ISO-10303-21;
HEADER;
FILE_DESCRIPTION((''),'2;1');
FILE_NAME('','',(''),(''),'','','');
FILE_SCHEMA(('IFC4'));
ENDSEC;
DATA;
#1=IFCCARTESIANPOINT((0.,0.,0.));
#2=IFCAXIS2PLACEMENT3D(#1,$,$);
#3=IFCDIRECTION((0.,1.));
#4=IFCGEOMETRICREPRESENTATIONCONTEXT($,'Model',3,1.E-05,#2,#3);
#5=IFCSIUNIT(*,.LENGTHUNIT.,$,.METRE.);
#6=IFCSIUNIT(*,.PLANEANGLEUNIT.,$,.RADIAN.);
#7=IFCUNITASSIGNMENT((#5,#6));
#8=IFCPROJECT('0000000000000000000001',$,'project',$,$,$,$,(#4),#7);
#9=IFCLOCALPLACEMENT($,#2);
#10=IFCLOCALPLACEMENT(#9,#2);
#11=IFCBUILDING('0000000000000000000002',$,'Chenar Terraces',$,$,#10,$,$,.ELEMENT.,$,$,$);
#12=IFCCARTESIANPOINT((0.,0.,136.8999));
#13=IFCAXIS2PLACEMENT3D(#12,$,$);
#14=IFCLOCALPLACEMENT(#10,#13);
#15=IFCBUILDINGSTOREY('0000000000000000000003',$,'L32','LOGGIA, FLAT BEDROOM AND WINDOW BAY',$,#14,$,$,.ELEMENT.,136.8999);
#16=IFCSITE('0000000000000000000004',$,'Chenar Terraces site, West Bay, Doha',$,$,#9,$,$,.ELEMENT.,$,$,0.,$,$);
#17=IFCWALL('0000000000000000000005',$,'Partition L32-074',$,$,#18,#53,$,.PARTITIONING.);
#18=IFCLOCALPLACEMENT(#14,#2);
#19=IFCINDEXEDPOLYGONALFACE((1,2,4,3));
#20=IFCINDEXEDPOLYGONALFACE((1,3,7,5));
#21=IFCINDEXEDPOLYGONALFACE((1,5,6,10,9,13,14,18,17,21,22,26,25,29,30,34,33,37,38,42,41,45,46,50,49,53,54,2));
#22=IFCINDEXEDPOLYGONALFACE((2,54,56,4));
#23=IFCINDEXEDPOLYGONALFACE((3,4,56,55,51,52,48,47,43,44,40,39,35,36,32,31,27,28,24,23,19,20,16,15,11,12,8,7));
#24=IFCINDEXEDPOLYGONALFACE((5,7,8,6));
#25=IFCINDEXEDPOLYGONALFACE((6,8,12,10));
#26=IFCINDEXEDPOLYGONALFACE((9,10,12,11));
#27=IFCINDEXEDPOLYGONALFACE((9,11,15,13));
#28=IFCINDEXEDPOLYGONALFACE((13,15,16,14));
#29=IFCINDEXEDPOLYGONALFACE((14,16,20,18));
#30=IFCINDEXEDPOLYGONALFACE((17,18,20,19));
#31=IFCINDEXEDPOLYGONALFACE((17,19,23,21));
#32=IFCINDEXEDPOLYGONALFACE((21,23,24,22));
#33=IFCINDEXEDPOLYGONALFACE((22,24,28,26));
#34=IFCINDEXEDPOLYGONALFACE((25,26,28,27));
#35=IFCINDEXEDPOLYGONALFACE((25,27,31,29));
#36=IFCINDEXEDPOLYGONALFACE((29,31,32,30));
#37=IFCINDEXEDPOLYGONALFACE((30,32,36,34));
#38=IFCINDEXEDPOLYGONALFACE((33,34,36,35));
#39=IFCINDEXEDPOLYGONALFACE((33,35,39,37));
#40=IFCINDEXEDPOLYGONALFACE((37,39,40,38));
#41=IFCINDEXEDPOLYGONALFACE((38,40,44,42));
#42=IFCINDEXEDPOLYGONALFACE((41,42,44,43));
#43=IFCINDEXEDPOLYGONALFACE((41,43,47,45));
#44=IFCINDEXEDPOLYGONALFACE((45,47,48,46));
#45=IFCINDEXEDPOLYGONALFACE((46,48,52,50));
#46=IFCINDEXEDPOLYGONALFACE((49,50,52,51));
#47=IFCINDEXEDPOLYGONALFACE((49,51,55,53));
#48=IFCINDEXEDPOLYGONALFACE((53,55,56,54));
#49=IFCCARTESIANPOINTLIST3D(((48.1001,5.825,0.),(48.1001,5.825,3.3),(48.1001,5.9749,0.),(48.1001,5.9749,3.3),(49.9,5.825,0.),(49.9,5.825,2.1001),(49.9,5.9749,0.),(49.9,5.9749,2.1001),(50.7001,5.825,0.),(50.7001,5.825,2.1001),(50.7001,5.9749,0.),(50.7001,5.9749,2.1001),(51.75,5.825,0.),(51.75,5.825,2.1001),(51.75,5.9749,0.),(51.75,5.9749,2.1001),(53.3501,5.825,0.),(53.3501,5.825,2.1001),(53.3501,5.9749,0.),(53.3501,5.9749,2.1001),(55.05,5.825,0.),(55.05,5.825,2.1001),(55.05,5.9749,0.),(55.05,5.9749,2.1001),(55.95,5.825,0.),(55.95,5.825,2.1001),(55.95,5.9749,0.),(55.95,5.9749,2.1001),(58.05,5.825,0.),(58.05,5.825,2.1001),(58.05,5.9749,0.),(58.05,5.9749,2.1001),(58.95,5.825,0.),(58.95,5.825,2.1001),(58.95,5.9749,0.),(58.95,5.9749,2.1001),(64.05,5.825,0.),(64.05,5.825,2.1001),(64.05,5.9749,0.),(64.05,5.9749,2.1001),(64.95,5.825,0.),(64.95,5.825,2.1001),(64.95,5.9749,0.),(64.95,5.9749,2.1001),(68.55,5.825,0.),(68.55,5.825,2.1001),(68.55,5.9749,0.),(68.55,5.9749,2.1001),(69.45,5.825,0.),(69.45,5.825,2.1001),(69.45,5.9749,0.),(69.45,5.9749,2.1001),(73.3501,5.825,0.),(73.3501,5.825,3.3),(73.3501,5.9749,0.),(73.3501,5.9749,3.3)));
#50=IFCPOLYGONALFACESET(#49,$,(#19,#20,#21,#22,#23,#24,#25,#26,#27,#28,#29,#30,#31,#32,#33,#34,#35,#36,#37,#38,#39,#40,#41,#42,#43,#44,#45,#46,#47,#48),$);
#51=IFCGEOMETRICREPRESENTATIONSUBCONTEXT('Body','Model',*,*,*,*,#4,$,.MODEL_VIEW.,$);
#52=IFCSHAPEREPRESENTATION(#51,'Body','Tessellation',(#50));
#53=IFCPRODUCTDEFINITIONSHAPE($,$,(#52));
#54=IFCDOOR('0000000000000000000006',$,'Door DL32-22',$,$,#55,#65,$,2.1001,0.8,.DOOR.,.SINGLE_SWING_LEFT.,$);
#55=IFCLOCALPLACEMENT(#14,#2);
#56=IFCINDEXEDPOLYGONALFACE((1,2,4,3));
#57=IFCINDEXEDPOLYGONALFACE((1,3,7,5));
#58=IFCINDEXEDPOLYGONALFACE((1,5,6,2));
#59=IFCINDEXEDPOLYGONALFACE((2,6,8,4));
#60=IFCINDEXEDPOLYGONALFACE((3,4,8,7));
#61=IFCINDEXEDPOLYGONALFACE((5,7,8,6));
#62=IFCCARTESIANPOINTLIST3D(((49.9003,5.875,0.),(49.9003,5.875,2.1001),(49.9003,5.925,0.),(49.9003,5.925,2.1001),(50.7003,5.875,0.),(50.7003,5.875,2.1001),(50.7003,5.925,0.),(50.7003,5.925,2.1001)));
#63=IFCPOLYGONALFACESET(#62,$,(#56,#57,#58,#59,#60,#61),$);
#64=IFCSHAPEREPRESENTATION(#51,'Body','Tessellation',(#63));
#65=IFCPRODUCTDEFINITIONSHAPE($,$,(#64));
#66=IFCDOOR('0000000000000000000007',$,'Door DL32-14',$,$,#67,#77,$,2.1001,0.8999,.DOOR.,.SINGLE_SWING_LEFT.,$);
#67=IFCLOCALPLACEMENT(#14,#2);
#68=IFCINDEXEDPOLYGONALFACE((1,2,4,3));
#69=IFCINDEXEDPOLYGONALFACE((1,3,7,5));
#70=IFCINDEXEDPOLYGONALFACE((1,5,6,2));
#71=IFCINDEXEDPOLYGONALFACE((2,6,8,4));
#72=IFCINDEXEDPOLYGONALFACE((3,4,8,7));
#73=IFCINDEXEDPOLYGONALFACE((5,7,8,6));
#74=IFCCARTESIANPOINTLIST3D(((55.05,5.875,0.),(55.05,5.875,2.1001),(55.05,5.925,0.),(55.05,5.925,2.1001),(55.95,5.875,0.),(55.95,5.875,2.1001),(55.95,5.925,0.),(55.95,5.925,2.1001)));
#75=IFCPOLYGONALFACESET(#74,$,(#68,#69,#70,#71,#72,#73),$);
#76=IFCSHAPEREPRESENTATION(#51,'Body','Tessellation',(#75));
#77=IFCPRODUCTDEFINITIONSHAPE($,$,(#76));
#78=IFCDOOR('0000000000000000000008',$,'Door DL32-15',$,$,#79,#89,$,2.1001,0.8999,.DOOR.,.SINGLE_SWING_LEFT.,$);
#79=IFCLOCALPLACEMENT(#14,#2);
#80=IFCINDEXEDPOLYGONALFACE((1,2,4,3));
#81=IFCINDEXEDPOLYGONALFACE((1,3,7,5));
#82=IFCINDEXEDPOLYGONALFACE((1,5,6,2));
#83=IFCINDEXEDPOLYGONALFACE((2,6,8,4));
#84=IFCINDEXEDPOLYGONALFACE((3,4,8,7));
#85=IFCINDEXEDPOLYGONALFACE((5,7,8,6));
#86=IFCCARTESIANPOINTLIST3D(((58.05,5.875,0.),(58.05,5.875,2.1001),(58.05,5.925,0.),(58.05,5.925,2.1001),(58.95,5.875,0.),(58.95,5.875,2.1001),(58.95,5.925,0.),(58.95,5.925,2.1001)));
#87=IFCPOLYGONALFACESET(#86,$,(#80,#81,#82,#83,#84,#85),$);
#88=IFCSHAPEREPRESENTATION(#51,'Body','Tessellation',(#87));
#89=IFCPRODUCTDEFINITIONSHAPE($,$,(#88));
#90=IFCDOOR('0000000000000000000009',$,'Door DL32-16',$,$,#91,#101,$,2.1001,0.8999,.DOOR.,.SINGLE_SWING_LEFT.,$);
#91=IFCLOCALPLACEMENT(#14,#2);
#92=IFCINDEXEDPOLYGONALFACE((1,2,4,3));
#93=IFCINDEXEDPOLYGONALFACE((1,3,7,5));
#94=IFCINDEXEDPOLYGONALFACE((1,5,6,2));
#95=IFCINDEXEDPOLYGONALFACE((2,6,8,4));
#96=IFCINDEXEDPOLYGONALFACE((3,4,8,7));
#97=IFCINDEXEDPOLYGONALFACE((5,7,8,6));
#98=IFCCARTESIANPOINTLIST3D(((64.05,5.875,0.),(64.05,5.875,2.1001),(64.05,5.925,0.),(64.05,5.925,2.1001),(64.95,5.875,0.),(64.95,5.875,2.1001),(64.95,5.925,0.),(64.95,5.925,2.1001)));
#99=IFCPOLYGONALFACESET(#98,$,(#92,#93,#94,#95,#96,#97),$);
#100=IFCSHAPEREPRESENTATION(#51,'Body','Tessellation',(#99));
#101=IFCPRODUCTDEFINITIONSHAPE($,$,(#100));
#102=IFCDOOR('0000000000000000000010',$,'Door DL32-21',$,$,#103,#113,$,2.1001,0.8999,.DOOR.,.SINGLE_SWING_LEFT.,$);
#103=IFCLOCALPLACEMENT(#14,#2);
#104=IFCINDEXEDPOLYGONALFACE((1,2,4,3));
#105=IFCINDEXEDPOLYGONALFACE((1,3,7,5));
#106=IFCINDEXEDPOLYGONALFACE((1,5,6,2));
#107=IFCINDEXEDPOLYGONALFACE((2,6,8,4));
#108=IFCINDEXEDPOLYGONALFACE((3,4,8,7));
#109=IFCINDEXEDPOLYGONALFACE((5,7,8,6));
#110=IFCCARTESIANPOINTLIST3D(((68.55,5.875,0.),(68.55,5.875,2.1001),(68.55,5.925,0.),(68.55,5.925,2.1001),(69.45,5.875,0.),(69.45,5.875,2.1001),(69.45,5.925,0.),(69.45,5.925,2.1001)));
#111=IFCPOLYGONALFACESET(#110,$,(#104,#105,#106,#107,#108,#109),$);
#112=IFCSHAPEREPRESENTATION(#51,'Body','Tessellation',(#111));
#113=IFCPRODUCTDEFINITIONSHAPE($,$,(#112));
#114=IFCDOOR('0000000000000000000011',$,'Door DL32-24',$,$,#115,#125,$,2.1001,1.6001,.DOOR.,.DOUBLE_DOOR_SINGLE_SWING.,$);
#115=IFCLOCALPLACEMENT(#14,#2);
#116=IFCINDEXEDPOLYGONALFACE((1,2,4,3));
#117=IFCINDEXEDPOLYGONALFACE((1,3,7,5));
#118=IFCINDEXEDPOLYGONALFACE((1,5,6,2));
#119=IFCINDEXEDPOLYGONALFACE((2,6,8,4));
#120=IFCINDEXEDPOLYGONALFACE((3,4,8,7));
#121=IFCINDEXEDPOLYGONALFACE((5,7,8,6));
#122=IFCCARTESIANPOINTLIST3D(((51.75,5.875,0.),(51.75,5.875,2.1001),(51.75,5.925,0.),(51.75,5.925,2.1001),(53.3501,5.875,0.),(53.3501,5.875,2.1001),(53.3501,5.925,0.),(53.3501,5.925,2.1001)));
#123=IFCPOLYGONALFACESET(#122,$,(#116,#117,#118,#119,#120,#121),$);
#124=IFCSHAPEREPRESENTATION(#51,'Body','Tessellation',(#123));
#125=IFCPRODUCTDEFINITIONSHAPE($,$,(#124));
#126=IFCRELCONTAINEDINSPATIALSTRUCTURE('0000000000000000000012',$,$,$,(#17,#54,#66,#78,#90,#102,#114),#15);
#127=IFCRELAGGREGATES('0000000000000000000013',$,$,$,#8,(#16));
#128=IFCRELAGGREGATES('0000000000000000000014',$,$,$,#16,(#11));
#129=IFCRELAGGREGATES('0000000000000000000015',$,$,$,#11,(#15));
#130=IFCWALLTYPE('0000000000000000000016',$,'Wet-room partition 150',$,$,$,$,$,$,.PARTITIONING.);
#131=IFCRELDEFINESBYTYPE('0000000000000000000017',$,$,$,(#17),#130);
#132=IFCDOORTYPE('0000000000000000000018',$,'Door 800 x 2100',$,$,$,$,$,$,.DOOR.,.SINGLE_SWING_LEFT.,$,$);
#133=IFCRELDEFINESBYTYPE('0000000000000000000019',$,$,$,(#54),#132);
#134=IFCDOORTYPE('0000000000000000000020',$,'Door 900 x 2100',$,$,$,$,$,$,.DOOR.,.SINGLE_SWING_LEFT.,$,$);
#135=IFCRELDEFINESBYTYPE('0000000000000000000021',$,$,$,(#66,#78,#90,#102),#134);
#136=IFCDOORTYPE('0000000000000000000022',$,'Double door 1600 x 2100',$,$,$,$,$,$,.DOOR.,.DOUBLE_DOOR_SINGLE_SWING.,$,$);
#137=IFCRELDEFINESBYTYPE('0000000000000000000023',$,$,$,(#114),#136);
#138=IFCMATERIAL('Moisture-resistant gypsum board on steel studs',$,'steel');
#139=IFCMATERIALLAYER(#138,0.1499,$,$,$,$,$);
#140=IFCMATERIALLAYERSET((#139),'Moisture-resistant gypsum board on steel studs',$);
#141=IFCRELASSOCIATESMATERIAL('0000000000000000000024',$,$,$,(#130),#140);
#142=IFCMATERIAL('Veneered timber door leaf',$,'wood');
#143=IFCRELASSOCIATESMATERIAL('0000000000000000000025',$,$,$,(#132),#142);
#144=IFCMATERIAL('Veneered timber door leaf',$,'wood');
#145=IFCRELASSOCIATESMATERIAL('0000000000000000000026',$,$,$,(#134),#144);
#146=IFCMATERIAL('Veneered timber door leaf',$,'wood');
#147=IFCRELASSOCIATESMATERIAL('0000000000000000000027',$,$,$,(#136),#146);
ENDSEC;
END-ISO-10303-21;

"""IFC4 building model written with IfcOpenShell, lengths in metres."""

from ifc_helpers import new_model, si_unit, direction, frame, frame_2d, origin, place, context, subcontext, project, spatial, rectangle, extrude, material, layer, layer_set, type_object, element, fill, save


model = new_model("IFC4")

# Units and contexts
model_context = context("Model", 3, precision=1e-05, world=origin(), true_north=direction((0.0, 1.0)))
body_context = subcontext(model_context, "Body", "Model", "MODEL_VIEW")
ifc_project = project(units=[si_unit("LENGTHUNIT", "METRE"), si_unit("PLANEANGLEUNIT", "RADIAN")], contexts=[model_context])

# Site, building, storey
site_placement = place(None, origin())
site = spatial("IfcSite", under=ifc_project, at=site_placement, Name="Chenar Terraces site, West Bay, Doha", CompositionType="ELEMENT", RefElevation=0.0)
building_placement = place(site_placement, origin())
building = spatial("IfcBuilding", under=site, at=building_placement, Name="Chenar Terraces", CompositionType="ELEMENT")
storey_placement = place(building_placement, frame((0.0, 0.0, 136.8999)))
storey = spatial("IfcBuildingStorey", under=building, at=storey_placement, Name="L32", Description="LOGGIA, FLAT BEDROOM AND WINDOW BAY", CompositionType="ELEMENT", Elevation=136.8999)

# Wall, openings, doors
ifc_material_1 = material(Name="Moisture-resistant gypsum board on steel studs", Category="steel")
ifc_layer_1 = layer(ifc_material_1, 0.1499)
ifc_layer_set_1 = layer_set([ifc_layer_1], Name="Moisture-resistant gypsum board on steel studs")
wall_type_1 = type_object("IfcWallType", Name="Wet-room partition 150", PredefinedType="PARTITIONING", material=ifc_layer_set_1)
wall_1_placement = place(storey_placement, frame((48.1001, 5.8999, 0.0), z_axis=(0.0, 0.0, 1.0), x_axis=(1.0, 0.0, 0.0)))
wall_1 = element("IfcWall", 1, at=wall_1_placement, inside=storey, type_object=wall_type_1, Name="Partition L32-074", PredefinedType="PARTITIONING", context=body_context, shape_type="SweptSolid", body=[
    extrude(rectangle(XDim=25.25, YDim=0.1499, at=frame_2d((12.625, 0.0))), origin(), (0.0, 0.0, 1.0), 3.3),
])
opening_1_placement = place(wall_1_placement, frame((6.95, 0.0, 0.0)))
opening_1 = element("IfcOpeningElement", 2, at=opening_1_placement, cuts=wall_1, PredefinedType="OPENING", context=body_context, shape_type="SweptSolid", body=[
    extrude(rectangle(XDim=0.8999, YDim=2.1001, at=frame_2d((0.45, 1.05))), frame((0.0, 0.085, 0.0), z_axis=(0.0, -1.0, 0.0), x_axis=(1.0, 0.0, 0.0)), (0.0, 0.0, 1.0), 0.1699),
])
opening_2_placement = place(wall_1_placement, frame((9.95, 0.0, 0.0)))
opening_2 = element("IfcOpeningElement", 3, at=opening_2_placement, cuts=wall_1, PredefinedType="OPENING", context=body_context, shape_type="SweptSolid", body=[
    extrude(rectangle(XDim=0.8999, YDim=2.1001, at=frame_2d((0.45, 1.05))), frame((0.0, 0.085, 0.0), z_axis=(0.0, -1.0, 0.0), x_axis=(1.0, 0.0, 0.0)), (0.0, 0.0, 1.0), 0.1699),
])
opening_3_placement = place(wall_1_placement, frame((15.95, 0.0, 0.0)))
opening_3 = element("IfcOpeningElement", 4, at=opening_3_placement, cuts=wall_1, PredefinedType="OPENING", context=body_context, shape_type="SweptSolid", body=[
    extrude(rectangle(XDim=0.8999, YDim=2.1001, at=frame_2d((0.45, 1.05))), frame((0.0, 0.085, 0.0), z_axis=(0.0, -1.0, 0.0), x_axis=(1.0, 0.0, 0.0)), (0.0, 0.0, 1.0), 0.1699),
])
opening_4_placement = place(wall_1_placement, frame((20.45, 0.0, 0.0)))
opening_4 = element("IfcOpeningElement", 5, at=opening_4_placement, cuts=wall_1, PredefinedType="OPENING", context=body_context, shape_type="SweptSolid", body=[
    extrude(rectangle(XDim=0.8999, YDim=2.1001, at=frame_2d((0.45, 1.05))), frame((0.0, 0.085, 0.0), z_axis=(0.0, -1.0, 0.0), x_axis=(1.0, 0.0, 0.0)), (0.0, 0.0, 1.0), 0.1699),
])
opening_5_placement = place(wall_1_placement, frame((1.8, 0.0, 0.0)))
opening_5 = element("IfcOpeningElement", 6, at=opening_5_placement, cuts=wall_1, PredefinedType="OPENING", context=body_context, shape_type="SweptSolid", body=[
    extrude(rectangle(XDim=0.8, YDim=2.1001, at=frame_2d((0.3999, 1.05))), frame((0.0, 0.085, 0.0), z_axis=(0.0, -1.0, 0.0), x_axis=(1.0, 0.0, 0.0)), (0.0, 0.0, 1.0), 0.1699),
])
opening_6_placement = place(wall_1_placement, frame((3.6499, 0.0, 0.0)))
opening_6 = element("IfcOpeningElement", 7, at=opening_6_placement, cuts=wall_1, PredefinedType="OPENING", context=body_context, shape_type="SweptSolid", body=[
    extrude(rectangle(XDim=1.6001, YDim=2.1001, at=frame_2d((0.8, 1.05))), frame((0.0, 0.085, 0.0), z_axis=(0.0, -1.0, 0.0), x_axis=(1.0, 0.0, 0.0)), (0.0, 0.0, 1.0), 0.1699),
])
ifc_material_2 = material(Name="Veneered timber door leaf", Category="wood")
door_type_1 = type_object("IfcDoorType", Name="Door 800 x 2100", OperationType="SINGLE_SWING_LEFT", PredefinedType="DOOR", material=ifc_material_2)
door_1_placement = place(opening_5_placement, frame((0.8, 0.0, 0.0), z_axis=(0.0, 0.0, 1.0), x_axis=(-1.0, 0.0, 0.0)))
door_1 = element("IfcDoor", 8, at=door_1_placement, inside=storey, type_object=door_type_1, Name="Door DL32-22", OperationType="SINGLE_SWING_LEFT", OverallHeight=2.1001, OverallWidth=0.8, PredefinedType="DOOR", context=body_context, shape_type="SweptSolid", body=[
    extrude(rectangle(XDim=0.8, YDim=2.1001, at=frame_2d((0.3999, 1.05))), frame((0.0, 0.0249, 0.0), z_axis=(0.0, -1.0, 0.0), x_axis=(1.0, 0.0, 0.0)), (0.0, 0.0, 1.0), 0.05),
])
fill(opening_5, door_1)
ifc_material_3 = material(Name="Veneered timber door leaf", Category="wood")
door_type_2 = type_object("IfcDoorType", Name="Door 900 x 2100", OperationType="SINGLE_SWING_LEFT", PredefinedType="DOOR", material=ifc_material_3)
door_2_placement = place(opening_1_placement, frame((0.8999, 0.0, 0.0), z_axis=(0.0, 0.0, 1.0), x_axis=(-1.0, 0.0, 0.0)))
door_2 = element("IfcDoor", 9, at=door_2_placement, inside=storey, type_object=door_type_2, Name="Door DL32-14", OperationType="SINGLE_SWING_LEFT", OverallHeight=2.1001, OverallWidth=0.8999, PredefinedType="DOOR", context=body_context, shape_type="SweptSolid", body=[
    extrude(rectangle(XDim=0.8999, YDim=2.1001, at=frame_2d((0.45, 1.05))), frame((0.0, 0.0249, 0.0), z_axis=(0.0, -1.0, 0.0), x_axis=(1.0, 0.0, 0.0)), (0.0, 0.0, 1.0), 0.05),
])
fill(opening_1, door_2)
door_3_placement = place(opening_2_placement, frame((0.8999, 0.0, 0.0), z_axis=(0.0, 0.0, 1.0), x_axis=(-1.0, 0.0, 0.0)))
door_3 = element("IfcDoor", 10, at=door_3_placement, inside=storey, type_object=door_type_2, Name="Door DL32-15", OperationType="SINGLE_SWING_LEFT", OverallHeight=2.1001, OverallWidth=0.8999, PredefinedType="DOOR", context=body_context, shape_type="SweptSolid", body=[
    extrude(rectangle(XDim=0.8999, YDim=2.1001, at=frame_2d((0.45, 1.05))), frame((0.0, 0.0249, 0.0), z_axis=(0.0, -1.0, 0.0), x_axis=(1.0, 0.0, 0.0)), (0.0, 0.0, 1.0), 0.05),
])
fill(opening_2, door_3)
door_4_placement = place(opening_3_placement, frame((0.8999, 0.0, 0.0), z_axis=(0.0, 0.0, 1.0), x_axis=(-1.0, 0.0, 0.0)))
door_4 = element("IfcDoor", 11, at=door_4_placement, inside=storey, type_object=door_type_2, Name="Door DL32-16", OperationType="SINGLE_SWING_LEFT", OverallHeight=2.1001, OverallWidth=0.8999, PredefinedType="DOOR", context=body_context, shape_type="SweptSolid", body=[
    extrude(rectangle(XDim=0.8999, YDim=2.1001, at=frame_2d((0.45, 1.05))), frame((0.0, 0.0249, 0.0), z_axis=(0.0, -1.0, 0.0), x_axis=(1.0, 0.0, 0.0)), (0.0, 0.0, 1.0), 0.05),
])
fill(opening_3, door_4)
door_5_placement = place(opening_4_placement, frame((0.8999, 0.0, 0.0), z_axis=(0.0, 0.0, 1.0), x_axis=(-1.0, 0.0, 0.0)))
door_5 = element("IfcDoor", 12, at=door_5_placement, inside=storey, type_object=door_type_2, Name="Door DL32-21", OperationType="SINGLE_SWING_LEFT", OverallHeight=2.1001, OverallWidth=0.8999, PredefinedType="DOOR", context=body_context, shape_type="SweptSolid", body=[
    extrude(rectangle(XDim=0.8999, YDim=2.1001, at=frame_2d((0.45, 1.05))), frame((0.0, 0.0249, 0.0), z_axis=(0.0, -1.0, 0.0), x_axis=(1.0, 0.0, 0.0)), (0.0, 0.0, 1.0), 0.05),
])
fill(opening_4, door_5)
ifc_material_4 = material(Name="Veneered timber door leaf", Category="wood")
door_type_3 = type_object("IfcDoorType", Name="Double door 1600 x 2100", OperationType="DOUBLE_DOOR_SINGLE_SWING", PredefinedType="DOOR", material=ifc_material_4)
door_6_placement = place(opening_6_placement, frame((1.6001, 0.0, 0.0), z_axis=(0.0, 0.0, 1.0), x_axis=(-1.0, 0.0, 0.0)))
door_6 = element("IfcDoor", 13, at=door_6_placement, inside=storey, type_object=door_type_3, Name="Door DL32-24", OperationType="DOUBLE_DOOR_SINGLE_SWING", OverallHeight=2.1001, OverallWidth=1.6001, PredefinedType="DOOR", context=body_context, shape_type="SweptSolid", body=[
    extrude(rectangle(XDim=1.6001, YDim=2.1001, at=frame_2d((0.8, 1.05))), frame((0.0, 0.0249, 0.0), z_axis=(0.0, -1.0, 0.0), x_axis=(1.0, 0.0, 0.0)), (0.0, 0.0, 1.0), 0.05),
])
fill(opening_6, door_6)

save(model, "model.ifc")
